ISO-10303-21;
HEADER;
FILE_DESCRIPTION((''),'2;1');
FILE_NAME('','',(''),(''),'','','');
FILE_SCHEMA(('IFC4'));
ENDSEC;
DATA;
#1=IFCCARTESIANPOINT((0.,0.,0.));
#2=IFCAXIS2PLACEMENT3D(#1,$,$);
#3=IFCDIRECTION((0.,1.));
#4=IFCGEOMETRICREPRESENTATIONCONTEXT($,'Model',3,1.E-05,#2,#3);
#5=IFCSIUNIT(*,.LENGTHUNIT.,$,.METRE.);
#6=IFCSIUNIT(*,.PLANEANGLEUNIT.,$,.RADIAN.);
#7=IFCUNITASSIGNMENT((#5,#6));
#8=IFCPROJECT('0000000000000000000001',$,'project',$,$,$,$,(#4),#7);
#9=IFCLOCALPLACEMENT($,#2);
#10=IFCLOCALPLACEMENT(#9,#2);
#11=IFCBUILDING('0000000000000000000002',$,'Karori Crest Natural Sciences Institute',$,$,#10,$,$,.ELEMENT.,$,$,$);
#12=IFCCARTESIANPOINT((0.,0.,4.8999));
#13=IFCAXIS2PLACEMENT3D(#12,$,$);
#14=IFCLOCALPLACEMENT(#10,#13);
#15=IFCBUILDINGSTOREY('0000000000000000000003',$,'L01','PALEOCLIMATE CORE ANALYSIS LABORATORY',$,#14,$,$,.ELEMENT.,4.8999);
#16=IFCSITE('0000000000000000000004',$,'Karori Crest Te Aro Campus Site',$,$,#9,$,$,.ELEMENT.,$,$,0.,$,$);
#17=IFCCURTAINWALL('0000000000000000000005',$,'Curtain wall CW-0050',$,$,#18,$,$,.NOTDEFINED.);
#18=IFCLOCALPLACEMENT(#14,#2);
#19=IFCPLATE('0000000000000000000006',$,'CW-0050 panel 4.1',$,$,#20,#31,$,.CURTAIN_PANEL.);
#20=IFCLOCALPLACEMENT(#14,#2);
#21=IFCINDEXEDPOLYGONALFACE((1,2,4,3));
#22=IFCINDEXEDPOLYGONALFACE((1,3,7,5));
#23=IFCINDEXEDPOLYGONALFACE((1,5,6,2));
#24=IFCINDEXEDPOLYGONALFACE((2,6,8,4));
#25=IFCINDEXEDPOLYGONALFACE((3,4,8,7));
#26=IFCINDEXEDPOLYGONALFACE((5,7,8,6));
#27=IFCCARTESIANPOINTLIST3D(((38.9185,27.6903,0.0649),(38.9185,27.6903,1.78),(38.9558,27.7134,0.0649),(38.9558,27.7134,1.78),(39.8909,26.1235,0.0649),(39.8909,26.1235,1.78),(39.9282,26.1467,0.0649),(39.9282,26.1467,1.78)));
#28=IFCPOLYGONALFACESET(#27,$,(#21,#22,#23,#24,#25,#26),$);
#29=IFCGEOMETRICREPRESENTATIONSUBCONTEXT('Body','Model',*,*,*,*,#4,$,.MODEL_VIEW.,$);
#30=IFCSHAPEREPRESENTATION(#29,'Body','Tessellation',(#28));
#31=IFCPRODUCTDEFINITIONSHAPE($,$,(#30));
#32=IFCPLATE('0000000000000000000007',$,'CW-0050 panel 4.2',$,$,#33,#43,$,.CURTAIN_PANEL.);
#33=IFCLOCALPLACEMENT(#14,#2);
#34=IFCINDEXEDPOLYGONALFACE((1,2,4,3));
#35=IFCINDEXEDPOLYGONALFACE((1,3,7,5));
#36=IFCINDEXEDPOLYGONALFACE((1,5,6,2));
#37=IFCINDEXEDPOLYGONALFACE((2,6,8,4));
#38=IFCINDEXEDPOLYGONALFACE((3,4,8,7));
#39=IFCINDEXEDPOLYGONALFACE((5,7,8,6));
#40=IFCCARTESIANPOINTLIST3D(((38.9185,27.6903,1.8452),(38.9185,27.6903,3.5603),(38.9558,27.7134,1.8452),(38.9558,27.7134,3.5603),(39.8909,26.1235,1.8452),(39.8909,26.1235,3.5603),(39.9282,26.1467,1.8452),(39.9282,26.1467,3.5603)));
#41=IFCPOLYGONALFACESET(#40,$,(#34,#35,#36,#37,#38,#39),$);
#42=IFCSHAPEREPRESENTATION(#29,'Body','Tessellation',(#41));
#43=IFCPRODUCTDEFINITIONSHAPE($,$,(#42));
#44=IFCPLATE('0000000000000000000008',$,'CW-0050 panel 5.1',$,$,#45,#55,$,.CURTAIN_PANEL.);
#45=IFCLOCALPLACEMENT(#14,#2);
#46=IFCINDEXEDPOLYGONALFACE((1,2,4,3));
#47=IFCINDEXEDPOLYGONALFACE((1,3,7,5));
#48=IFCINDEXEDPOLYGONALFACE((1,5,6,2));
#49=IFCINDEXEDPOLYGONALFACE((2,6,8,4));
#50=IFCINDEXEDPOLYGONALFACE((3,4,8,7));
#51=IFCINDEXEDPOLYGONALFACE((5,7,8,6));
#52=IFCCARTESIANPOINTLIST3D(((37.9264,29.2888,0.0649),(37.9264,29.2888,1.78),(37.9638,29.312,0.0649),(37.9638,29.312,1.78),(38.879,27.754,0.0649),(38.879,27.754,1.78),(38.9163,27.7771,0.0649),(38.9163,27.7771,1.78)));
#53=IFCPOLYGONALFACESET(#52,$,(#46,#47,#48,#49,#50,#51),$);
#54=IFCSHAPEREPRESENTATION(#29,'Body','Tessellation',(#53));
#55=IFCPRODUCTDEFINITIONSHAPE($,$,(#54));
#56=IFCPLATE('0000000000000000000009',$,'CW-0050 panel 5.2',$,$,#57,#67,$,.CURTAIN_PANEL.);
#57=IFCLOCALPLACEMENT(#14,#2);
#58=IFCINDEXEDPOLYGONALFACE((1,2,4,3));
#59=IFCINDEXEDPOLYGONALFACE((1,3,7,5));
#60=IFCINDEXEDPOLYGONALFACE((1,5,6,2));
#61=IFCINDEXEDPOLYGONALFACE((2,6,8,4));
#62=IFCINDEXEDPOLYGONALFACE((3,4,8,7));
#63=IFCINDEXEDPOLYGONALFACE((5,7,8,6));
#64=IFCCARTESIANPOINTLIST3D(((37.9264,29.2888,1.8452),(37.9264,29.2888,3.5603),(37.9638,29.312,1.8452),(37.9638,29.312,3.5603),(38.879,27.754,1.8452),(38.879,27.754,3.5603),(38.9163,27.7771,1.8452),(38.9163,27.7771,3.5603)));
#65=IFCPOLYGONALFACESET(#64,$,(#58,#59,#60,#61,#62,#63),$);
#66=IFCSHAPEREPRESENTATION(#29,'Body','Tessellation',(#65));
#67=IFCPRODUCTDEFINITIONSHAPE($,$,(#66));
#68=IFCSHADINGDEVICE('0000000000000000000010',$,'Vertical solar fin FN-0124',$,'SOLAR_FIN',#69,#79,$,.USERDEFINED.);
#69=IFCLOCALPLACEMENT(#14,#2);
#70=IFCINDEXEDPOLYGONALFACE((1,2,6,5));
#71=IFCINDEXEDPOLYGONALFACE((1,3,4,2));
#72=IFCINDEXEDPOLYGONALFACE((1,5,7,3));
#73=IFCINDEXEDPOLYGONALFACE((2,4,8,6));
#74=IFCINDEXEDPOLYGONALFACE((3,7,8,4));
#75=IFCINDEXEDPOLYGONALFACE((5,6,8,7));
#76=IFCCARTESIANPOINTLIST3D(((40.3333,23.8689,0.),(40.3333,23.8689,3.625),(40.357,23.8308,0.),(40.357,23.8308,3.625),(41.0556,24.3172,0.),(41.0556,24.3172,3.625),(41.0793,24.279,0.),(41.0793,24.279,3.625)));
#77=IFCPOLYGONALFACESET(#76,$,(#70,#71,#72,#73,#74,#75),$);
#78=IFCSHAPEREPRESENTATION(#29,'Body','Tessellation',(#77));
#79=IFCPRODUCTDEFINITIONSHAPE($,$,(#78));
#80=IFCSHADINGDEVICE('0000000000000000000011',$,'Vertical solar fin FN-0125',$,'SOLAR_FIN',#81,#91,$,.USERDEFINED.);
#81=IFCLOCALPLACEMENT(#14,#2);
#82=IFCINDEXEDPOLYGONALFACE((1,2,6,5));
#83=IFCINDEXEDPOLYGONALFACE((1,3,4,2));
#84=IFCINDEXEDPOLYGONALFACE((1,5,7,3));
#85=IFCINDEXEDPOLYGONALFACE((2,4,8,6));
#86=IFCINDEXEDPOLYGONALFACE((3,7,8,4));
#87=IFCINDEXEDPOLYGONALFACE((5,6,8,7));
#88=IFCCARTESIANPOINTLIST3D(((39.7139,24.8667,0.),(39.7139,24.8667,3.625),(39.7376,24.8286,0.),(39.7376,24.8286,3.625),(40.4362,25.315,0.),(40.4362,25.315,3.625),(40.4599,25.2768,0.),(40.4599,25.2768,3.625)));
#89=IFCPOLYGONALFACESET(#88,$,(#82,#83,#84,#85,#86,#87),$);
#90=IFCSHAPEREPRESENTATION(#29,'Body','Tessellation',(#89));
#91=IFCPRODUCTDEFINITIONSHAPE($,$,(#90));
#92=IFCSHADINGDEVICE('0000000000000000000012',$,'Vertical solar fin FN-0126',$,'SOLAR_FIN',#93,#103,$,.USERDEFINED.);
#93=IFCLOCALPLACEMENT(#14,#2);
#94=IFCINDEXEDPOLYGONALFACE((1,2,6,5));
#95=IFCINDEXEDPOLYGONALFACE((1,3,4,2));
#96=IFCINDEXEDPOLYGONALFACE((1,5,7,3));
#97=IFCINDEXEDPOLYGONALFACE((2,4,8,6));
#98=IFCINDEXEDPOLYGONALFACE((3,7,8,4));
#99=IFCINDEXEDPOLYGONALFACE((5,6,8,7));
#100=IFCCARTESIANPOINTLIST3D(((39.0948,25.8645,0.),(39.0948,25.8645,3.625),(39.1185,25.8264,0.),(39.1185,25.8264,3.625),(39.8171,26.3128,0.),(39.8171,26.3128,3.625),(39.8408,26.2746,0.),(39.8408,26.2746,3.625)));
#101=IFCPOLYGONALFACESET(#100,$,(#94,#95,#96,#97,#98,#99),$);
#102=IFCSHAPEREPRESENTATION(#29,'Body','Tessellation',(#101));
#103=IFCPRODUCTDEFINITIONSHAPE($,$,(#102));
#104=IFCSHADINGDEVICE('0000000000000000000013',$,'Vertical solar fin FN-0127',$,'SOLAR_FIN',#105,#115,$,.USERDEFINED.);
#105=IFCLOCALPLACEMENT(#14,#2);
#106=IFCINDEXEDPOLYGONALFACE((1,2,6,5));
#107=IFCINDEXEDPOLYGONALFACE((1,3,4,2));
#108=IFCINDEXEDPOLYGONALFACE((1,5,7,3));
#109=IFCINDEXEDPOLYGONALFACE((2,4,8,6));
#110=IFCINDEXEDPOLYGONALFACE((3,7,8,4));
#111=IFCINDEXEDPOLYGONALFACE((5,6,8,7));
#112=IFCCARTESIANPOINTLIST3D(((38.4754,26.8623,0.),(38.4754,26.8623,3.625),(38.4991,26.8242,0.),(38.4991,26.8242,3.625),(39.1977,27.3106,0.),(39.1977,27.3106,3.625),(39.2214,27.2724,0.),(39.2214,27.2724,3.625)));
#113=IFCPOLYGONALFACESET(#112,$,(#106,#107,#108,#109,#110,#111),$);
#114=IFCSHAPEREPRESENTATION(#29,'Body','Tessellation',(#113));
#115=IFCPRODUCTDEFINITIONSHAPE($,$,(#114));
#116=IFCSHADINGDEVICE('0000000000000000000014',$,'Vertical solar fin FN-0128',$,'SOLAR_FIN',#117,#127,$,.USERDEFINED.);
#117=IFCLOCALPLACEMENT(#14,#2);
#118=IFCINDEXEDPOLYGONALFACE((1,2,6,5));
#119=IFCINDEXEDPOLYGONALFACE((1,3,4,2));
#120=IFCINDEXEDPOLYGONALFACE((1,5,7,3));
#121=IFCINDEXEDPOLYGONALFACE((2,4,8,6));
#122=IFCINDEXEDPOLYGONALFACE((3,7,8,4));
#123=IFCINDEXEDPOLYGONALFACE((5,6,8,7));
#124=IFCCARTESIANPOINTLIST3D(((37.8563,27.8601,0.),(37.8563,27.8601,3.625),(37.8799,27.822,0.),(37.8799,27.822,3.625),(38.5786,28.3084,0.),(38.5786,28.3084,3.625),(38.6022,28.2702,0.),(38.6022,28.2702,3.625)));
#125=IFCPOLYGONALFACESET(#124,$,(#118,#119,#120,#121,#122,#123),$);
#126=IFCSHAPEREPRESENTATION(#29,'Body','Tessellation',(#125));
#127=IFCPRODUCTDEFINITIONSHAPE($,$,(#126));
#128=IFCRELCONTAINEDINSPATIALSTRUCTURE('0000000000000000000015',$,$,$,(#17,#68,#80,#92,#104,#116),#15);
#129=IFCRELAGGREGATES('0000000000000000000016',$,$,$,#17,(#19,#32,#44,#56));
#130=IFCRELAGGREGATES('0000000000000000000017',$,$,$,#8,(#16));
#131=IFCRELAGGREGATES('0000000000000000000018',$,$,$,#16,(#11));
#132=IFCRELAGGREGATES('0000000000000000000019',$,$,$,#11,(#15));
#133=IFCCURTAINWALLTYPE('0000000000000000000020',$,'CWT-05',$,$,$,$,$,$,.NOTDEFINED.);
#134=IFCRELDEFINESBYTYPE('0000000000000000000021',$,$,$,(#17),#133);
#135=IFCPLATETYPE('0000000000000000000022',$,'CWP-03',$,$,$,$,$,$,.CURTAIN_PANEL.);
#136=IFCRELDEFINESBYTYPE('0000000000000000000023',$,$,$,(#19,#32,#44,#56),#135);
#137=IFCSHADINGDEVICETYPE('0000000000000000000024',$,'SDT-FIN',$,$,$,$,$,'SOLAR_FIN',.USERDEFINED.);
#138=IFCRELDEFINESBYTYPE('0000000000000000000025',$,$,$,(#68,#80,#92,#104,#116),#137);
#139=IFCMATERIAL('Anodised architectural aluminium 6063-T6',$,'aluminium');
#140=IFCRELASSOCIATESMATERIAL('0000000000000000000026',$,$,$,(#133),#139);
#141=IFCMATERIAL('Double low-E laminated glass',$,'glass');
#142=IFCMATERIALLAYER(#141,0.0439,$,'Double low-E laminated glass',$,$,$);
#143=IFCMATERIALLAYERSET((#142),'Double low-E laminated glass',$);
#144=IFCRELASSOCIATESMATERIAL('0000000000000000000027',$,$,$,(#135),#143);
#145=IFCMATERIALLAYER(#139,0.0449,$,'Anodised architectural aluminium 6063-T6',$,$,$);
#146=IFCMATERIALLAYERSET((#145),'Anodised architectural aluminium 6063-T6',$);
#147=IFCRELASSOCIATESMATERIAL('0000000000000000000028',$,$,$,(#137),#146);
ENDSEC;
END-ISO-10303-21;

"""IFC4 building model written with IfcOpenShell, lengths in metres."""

from ifc_helpers import new_model, si_unit, direction, frame, origin, origin_2d, place, context, subcontext, project, spatial, rectangle, extrude, material, layer, layer_set, type_object, element, aggregate, save


model = new_model("IFC4")

# Units and contexts
model_context = context("Model", 3, precision=1e-05, world=origin(), true_north=direction((0.0, 1.0)))
body_context = subcontext(model_context, "Body", "Model", "MODEL_VIEW")
ifc_project = project(units=[si_unit("LENGTHUNIT", "METRE"), si_unit("PLANEANGLEUNIT", "RADIAN")], contexts=[model_context])

# Site, building, storey
site_placement = place(None, origin())
site = spatial("IfcSite", under=ifc_project, at=site_placement, Name="Karori Crest Te Aro Campus Site", CompositionType="ELEMENT", RefElevation=0.0)
building_placement = place(site_placement, origin())
building = spatial("IfcBuilding", under=site, at=building_placement, Name="Karori Crest Natural Sciences Institute", CompositionType="ELEMENT")
storey_placement = place(building_placement, frame((0.0, 0.0, 4.8999)))
storey = spatial("IfcBuildingStorey", under=building, at=storey_placement, Name="L01", Description="PALEOCLIMATE CORE ANALYSIS LABORATORY", CompositionType="ELEMENT", Elevation=4.8999)

# Curtain wall, plates
ifc_material_1 = material(Name="Anodised architectural aluminium 6063-T6", Category="aluminium")
curtain_wall_type = type_object("IfcCurtainWallType", Name="CWT-05", PredefinedType="NOTDEFINED", material=ifc_material_1)
curtain_wall_placement = place(storey_placement, origin())
curtain_wall = element("IfcCurtainWall", 1, at=curtain_wall_placement, inside=storey, type_object=curtain_wall_type, Name="Curtain wall CW-0050", PredefinedType="NOTDEFINED")
ifc_material_2 = material(Name="Double low-E laminated glass", Category="glass")
ifc_layer_1 = layer(ifc_material_2, 0.0439, Name="Double low-E laminated glass")
ifc_layer_set_1 = layer_set([ifc_layer_1], Name="Double low-E laminated glass")
plate_type = type_object("IfcPlateType", Name="CWP-03", PredefinedType="CURTAIN_PANEL", material=ifc_layer_set_1)
plate_1_placement = place(storey_placement, frame((39.4233, 26.9185, 0.0649), z_axis=(0.0, 0.0, 1.0), x_axis=(-0.527322, 0.849666, 0.0)))
plate_1 = element("IfcPlate", 2, at=plate_1_placement, type_object=plate_type, Name="CW-0050 panel 4.1", PredefinedType="CURTAIN_PANEL", context=body_context, shape_type="SweptSolid", body=[
    extrude(rectangle(XDim=1.844, YDim=0.0439, at=origin_2d()), origin(), (0.0, 0.0, 1.0), 1.7151),
])
plate_2_placement = place(storey_placement, frame((39.4233, 26.9185, 1.8452), z_axis=(0.0, 0.0, 1.0), x_axis=(-0.527322, 0.849666, 0.0)))
plate_2 = element("IfcPlate", 3, at=plate_2_placement, type_object=plate_type, Name="CW-0050 panel 4.2", PredefinedType="CURTAIN_PANEL", context=body_context, shape_type="SweptSolid", body=[
    extrude(rectangle(XDim=1.844, YDim=0.0439, at=origin_2d()), origin(), (0.0, 0.0, 1.0), 1.7151),
])
plate_3_placement = place(storey_placement, frame((38.4214, 28.533, 0.0649), z_axis=(0.0, 0.0, 1.0), x_axis=(-0.527322, 0.849666, 0.0)))
plate_3 = element("IfcPlate", 4, at=plate_3_placement, type_object=plate_type, Name="CW-0050 panel 5.1", PredefinedType="CURTAIN_PANEL", context=body_context, shape_type="SweptSolid", body=[
    extrude(rectangle(XDim=1.8064, YDim=0.0439, at=origin_2d()), origin(), (0.0, 0.0, 1.0), 1.7151),
])
plate_4_placement = place(storey_placement, frame((38.4214, 28.533, 1.8452), z_axis=(0.0, 0.0, 1.0), x_axis=(-0.527322, 0.849666, 0.0)))
plate_4 = element("IfcPlate", 5, at=plate_4_placement, type_object=plate_type, Name="CW-0050 panel 5.2", PredefinedType="CURTAIN_PANEL", context=body_context, shape_type="SweptSolid", body=[
    extrude(rectangle(XDim=1.8064, YDim=0.0439, at=origin_2d()), origin(), (0.0, 0.0, 1.0), 1.7151),
])
aggregate(curtain_wall, [plate_1, plate_2, plate_3, plate_4])

# Shading devices
ifc_layer_2 = layer(ifc_material_1, 0.0449, Name="Anodised architectural aluminium 6063-T6")
ifc_layer_set_2 = layer_set([ifc_layer_2], Name="Anodised architectural aluminium 6063-T6")
shading_device_type = type_object("IfcShadingDeviceType", Name="SDT-FIN", ElementType="SOLAR_FIN", PredefinedType="USERDEFINED", material=ifc_layer_set_2)
for number, where, z_axis, x_axis, name in (
    (6, (40.7063, 24.074, 0.0), (0.0, 0.0, 1.0), (-0.849665, -0.527322, 0.0), "Vertical solar fin FN-0124"),
    (7, (40.0869, 25.0718, 0.0), (0.0, 0.0, 1.0), (-0.849665, -0.527322, 0.0), "Vertical solar fin FN-0125"),
    (8, (39.4678, 26.0696, 0.0), (0.0, 0.0, 1.0), (-0.849665, -0.527322, 0.0), "Vertical solar fin FN-0126"),
    (9, (38.8484, 27.0674, 0.0), (0.0, 0.0, 1.0), (-0.849665, -0.527322, 0.0), "Vertical solar fin FN-0127"),
    (10, (38.2292, 28.0652, 0.0), (0.0, 0.0, 1.0), (-0.849665, -0.527322, 0.0), "Vertical solar fin FN-0128"),
):
    element("IfcShadingDevice", number, at=place(storey_placement, frame(where, z_axis=z_axis, x_axis=x_axis)), inside=storey, type_object=shading_device_type, Name=name, ObjectType="SOLAR_FIN", PredefinedType="USERDEFINED", context=body_context, shape_type="SweptSolid", body=[
        extrude(rectangle(XDim=0.8501, YDim=0.0449, at=origin_2d()), origin(), (0.0, 0.0, 1.0), 3.625),
    ])

save(model, "model.ifc")
